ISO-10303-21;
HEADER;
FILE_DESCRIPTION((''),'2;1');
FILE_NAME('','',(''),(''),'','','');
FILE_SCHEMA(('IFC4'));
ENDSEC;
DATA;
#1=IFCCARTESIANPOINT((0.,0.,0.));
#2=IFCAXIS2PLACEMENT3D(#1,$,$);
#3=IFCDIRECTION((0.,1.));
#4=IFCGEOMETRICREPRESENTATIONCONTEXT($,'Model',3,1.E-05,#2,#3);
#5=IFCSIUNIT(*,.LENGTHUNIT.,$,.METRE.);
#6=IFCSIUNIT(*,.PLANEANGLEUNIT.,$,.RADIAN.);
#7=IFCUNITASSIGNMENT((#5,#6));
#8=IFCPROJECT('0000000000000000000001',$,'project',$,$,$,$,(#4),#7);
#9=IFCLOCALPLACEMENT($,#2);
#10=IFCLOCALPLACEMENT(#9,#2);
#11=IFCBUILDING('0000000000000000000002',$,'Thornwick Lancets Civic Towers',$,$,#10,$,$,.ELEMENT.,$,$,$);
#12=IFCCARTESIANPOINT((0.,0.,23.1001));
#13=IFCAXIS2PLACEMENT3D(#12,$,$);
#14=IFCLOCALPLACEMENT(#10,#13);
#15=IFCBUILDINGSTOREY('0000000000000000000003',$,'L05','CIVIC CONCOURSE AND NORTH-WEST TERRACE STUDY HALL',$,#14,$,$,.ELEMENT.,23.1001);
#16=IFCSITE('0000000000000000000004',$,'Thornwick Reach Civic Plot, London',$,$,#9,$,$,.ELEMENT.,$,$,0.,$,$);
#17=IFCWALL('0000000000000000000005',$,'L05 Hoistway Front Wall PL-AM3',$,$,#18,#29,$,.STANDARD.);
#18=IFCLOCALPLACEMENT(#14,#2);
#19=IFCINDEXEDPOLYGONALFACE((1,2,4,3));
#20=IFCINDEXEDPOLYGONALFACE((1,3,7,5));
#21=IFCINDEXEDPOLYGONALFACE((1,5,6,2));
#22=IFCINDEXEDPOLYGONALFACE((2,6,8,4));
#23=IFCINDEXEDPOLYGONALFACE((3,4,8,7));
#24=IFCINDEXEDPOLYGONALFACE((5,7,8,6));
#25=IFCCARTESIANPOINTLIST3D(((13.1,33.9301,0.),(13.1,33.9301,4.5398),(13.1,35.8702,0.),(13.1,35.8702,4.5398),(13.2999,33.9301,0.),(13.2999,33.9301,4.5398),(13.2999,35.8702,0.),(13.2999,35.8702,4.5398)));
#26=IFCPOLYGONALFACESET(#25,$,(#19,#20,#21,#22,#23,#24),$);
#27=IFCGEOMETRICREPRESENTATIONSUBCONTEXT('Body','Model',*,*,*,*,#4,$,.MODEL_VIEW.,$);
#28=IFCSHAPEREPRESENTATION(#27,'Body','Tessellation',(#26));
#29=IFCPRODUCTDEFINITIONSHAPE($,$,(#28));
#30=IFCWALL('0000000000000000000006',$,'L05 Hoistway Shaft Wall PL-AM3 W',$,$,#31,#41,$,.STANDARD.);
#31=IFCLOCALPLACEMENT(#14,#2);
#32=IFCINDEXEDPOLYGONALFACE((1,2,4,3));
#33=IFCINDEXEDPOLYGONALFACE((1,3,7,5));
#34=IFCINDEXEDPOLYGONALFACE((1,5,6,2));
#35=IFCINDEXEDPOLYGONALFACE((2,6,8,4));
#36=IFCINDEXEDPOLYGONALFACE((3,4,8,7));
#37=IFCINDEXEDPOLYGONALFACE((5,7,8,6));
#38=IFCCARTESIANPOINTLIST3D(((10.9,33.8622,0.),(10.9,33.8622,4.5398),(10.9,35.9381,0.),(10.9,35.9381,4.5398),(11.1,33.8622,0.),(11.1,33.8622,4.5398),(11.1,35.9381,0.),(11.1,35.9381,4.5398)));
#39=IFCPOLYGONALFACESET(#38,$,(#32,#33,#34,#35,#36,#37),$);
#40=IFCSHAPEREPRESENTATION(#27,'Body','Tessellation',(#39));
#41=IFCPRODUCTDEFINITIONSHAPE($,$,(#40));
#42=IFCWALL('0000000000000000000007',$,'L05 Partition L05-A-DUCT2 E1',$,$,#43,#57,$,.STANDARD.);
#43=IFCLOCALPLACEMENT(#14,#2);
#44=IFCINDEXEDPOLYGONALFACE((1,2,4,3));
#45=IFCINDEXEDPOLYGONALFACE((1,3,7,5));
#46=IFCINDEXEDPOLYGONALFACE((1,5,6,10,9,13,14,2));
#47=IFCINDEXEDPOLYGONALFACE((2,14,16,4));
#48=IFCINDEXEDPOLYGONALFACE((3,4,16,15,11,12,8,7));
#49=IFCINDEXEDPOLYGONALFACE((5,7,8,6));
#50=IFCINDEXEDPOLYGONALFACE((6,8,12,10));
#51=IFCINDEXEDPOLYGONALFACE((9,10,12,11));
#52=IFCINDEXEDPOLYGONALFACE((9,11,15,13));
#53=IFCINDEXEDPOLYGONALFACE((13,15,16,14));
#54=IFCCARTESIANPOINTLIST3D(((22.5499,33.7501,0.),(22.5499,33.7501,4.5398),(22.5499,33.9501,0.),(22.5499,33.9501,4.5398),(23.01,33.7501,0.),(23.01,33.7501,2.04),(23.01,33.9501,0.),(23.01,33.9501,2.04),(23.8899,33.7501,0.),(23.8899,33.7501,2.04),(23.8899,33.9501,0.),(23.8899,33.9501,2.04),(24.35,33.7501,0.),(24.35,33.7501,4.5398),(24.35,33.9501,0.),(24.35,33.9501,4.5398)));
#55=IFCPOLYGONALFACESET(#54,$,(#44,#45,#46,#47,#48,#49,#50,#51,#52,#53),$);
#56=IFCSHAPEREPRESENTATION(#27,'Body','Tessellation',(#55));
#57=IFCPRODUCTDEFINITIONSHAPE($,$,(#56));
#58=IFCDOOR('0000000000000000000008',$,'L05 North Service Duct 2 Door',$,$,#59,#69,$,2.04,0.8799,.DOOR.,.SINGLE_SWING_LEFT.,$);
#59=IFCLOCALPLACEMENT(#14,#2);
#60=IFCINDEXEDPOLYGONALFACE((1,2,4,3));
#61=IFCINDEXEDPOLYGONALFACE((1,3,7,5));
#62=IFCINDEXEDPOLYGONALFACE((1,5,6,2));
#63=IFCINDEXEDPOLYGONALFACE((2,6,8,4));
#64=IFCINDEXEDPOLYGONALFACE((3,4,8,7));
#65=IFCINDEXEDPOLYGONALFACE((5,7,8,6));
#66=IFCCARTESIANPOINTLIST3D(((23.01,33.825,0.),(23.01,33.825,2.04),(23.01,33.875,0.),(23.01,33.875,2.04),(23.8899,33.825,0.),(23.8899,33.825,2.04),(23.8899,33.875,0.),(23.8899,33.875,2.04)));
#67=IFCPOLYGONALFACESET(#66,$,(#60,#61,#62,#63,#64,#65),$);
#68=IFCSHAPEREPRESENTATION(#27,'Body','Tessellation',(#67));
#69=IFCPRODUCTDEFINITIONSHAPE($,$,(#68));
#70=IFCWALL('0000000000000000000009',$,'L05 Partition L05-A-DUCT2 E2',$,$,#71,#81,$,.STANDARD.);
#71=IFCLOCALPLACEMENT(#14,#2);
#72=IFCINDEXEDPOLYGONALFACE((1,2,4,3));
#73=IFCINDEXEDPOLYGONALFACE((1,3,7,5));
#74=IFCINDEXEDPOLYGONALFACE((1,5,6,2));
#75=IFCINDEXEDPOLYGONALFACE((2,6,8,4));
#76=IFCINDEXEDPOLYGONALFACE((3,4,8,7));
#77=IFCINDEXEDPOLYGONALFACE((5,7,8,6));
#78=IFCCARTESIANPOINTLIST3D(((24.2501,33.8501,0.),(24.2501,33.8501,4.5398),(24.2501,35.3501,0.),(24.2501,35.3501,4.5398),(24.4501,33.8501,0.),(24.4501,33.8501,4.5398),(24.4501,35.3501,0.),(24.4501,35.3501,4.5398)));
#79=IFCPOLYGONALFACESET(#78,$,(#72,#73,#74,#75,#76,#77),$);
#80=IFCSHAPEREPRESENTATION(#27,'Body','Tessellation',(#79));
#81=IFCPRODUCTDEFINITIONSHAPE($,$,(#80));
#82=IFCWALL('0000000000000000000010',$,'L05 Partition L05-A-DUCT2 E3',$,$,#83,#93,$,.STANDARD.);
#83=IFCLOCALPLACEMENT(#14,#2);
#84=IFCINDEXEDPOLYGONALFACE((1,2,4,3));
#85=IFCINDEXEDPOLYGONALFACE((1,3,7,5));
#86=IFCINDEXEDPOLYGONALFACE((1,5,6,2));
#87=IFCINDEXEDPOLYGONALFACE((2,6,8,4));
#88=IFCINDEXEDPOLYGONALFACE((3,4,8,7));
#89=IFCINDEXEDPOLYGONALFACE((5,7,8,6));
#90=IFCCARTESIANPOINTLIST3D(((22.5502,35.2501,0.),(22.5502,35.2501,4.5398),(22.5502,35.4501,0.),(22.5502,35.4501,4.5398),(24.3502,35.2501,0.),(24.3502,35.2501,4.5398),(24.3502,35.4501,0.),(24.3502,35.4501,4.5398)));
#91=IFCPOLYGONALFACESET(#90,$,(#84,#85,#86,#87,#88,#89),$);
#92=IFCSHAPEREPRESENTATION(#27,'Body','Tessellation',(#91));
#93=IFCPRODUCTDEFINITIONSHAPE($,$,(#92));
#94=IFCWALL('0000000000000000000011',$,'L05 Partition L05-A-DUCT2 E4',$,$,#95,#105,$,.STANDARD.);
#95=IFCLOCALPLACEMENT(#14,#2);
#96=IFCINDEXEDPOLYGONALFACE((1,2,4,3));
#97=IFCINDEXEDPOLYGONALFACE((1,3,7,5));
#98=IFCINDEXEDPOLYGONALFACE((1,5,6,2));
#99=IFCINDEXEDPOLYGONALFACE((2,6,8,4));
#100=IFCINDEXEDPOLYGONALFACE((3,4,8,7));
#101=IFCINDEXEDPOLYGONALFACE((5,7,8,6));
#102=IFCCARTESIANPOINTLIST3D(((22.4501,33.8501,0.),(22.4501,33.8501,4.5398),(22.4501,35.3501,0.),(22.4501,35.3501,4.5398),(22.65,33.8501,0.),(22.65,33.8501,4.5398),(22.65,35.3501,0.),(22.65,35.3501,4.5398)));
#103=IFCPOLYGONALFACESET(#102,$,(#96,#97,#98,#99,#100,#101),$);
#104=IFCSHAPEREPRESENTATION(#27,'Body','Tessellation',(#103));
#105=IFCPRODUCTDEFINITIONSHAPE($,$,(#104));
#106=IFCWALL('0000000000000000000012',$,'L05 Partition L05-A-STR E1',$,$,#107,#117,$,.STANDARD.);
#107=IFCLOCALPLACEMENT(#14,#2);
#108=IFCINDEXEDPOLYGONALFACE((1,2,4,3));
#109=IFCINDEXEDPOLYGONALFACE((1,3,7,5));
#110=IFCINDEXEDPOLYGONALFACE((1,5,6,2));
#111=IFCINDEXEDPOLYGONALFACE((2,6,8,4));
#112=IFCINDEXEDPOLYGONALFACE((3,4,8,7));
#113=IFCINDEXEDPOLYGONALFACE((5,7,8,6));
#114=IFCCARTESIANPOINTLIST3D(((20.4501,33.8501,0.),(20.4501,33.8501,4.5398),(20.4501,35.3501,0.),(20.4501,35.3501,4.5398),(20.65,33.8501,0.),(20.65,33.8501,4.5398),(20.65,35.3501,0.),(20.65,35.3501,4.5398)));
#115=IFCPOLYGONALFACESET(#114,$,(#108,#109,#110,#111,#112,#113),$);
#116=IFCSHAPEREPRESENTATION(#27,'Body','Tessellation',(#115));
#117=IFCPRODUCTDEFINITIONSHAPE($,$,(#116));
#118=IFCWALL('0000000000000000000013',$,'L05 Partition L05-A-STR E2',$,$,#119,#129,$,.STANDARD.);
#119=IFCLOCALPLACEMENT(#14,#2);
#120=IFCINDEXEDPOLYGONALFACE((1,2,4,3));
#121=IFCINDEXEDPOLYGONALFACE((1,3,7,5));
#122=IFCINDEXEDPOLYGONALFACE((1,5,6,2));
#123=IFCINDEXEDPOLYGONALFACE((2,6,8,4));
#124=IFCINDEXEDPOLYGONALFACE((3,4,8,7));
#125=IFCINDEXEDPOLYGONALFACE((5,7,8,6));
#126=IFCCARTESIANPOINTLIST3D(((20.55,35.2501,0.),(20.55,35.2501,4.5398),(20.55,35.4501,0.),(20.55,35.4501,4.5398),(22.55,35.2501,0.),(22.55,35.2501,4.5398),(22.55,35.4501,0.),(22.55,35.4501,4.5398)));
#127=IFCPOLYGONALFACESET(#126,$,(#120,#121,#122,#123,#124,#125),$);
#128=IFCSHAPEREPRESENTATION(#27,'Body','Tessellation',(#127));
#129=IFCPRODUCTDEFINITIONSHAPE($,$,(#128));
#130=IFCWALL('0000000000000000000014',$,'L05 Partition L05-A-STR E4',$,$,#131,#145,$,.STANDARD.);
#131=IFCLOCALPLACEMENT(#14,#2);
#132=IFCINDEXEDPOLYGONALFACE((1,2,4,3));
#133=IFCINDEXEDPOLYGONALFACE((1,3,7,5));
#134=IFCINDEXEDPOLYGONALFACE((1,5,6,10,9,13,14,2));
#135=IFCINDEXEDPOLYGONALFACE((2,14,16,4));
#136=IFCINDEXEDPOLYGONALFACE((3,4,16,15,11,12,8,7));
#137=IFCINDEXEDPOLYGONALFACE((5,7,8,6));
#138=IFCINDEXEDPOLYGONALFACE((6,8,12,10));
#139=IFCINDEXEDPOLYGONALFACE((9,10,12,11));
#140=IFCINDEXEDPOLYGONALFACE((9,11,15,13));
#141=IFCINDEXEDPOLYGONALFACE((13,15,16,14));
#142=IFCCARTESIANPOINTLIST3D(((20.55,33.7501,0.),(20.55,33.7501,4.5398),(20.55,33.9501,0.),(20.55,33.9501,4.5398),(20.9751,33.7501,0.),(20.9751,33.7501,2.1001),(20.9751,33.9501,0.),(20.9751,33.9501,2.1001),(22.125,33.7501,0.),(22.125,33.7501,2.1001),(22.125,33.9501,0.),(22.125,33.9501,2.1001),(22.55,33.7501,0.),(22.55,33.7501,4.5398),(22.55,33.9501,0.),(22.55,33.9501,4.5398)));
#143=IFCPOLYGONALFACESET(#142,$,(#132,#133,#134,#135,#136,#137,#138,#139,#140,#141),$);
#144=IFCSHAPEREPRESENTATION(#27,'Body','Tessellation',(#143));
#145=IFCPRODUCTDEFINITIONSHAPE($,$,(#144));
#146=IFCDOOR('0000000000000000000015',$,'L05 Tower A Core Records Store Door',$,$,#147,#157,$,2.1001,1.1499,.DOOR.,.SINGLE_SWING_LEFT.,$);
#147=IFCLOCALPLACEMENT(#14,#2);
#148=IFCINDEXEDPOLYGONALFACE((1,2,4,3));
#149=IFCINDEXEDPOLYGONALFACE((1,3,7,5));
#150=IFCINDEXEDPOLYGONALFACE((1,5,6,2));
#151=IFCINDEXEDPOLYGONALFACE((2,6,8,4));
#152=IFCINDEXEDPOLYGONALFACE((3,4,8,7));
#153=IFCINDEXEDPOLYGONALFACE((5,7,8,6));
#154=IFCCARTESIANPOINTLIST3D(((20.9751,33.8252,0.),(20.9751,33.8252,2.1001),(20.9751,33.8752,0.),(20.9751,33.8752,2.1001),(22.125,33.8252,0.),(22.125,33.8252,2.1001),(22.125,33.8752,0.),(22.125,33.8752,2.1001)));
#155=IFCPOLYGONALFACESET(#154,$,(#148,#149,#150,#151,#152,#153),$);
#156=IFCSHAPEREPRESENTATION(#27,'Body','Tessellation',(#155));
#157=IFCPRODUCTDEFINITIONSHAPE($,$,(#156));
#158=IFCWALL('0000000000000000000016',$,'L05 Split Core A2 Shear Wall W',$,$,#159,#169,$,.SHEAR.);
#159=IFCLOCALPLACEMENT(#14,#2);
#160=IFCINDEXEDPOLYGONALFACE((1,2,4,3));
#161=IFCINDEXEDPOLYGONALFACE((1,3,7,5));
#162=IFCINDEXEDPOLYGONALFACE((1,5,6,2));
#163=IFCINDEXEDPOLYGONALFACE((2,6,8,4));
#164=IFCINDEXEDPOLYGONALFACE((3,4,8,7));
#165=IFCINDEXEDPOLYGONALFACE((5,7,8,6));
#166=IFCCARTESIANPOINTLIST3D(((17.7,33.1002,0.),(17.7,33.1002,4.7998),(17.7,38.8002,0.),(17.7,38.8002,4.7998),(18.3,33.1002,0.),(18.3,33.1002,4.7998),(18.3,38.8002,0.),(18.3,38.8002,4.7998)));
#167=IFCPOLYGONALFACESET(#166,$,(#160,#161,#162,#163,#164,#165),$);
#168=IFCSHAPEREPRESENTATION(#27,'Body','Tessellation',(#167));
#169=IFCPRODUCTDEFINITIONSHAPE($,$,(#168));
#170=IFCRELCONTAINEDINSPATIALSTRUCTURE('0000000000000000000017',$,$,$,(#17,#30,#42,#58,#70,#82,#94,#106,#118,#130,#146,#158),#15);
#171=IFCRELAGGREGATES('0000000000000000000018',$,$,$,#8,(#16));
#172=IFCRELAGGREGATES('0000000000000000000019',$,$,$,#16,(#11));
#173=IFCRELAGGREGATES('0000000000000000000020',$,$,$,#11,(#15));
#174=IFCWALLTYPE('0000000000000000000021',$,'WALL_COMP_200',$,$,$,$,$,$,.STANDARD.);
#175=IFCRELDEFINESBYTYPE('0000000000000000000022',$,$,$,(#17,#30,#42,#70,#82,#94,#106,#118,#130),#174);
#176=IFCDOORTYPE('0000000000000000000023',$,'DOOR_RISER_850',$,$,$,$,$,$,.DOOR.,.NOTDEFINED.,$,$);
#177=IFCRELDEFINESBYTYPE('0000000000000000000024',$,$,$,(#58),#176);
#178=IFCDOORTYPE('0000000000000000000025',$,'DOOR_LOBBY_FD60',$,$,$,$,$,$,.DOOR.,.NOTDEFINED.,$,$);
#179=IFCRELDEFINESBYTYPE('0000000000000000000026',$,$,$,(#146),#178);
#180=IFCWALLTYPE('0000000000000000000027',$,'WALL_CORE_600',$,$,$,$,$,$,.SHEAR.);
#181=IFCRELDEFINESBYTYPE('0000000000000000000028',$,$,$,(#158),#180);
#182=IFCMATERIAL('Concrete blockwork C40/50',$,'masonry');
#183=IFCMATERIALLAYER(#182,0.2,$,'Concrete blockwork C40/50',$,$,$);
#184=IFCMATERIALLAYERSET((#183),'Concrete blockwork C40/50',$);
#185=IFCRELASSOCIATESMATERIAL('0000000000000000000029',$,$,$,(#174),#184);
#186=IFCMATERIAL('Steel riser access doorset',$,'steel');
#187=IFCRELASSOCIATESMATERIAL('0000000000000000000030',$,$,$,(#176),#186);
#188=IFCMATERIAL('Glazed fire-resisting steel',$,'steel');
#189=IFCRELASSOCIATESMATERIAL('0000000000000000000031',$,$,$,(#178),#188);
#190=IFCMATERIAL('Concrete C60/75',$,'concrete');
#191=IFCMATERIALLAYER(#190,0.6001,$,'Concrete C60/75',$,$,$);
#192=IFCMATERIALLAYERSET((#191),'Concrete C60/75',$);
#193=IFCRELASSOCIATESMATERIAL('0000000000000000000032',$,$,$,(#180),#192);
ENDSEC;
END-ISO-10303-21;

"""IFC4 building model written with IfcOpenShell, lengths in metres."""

from ifc_helpers import new_model, si_unit, direction, frame, frame_2d, origin, place, context, subcontext, project, spatial, rectangle, extrude, material, layer, layer_set, type_object, element, fill, save


model = new_model("IFC4")

# Units and contexts
model_context = context("Model", 3, precision=1e-05, world=origin(), true_north=direction((0.0, 1.0)))
body_context = subcontext(model_context, "Body", "Model", "MODEL_VIEW")
ifc_project = project(units=[si_unit("LENGTHUNIT", "METRE"), si_unit("PLANEANGLEUNIT", "RADIAN")], contexts=[model_context])

# Site, building, storey
site_placement = place(None, origin())
site = spatial("IfcSite", under=ifc_project, at=site_placement, Name="Thornwick Reach Civic Plot, London", CompositionType="ELEMENT", RefElevation=0.0)
building_placement = place(site_placement, origin())
building = spatial("IfcBuilding", under=site, at=building_placement, Name="Thornwick Lancets Civic Towers", CompositionType="ELEMENT")
storey_placement = place(building_placement, frame((0.0, 0.0, 23.1001)))
storey = spatial("IfcBuildingStorey", under=building, at=storey_placement, Name="L05", Description="CIVIC CONCOURSE AND NORTH-WEST TERRACE STUDY HALL", CompositionType="ELEMENT", Elevation=23.1001)

# Shared definitions
ifc_material_1 = material(Name="Concrete C60/75", Category="concrete")

# Walls
ifc_material_2 = material(Name="Concrete blockwork C40/50", Category="masonry")
ifc_layer_1 = layer(ifc_material_2, 0.2, Name="Concrete blockwork C40/50")
ifc_layer_set_1 = layer_set([ifc_layer_1], Name="Concrete blockwork C40/50")
wall_type_1 = type_object("IfcWallType", Name="WALL_COMP_200", PredefinedType="STANDARD", material=ifc_layer_set_1)
wall_1_placement = place(storey_placement, frame((13.2, 33.9299, 0.0), z_axis=(0.0, 0.0, 1.0), x_axis=(0.0, 1.0, 0.0)))
element("IfcWall", 1, at=wall_1_placement, inside=storey, type_object=wall_type_1, Name="L05 Hoistway Front Wall PL-AM3", PredefinedType="STANDARD", context=body_context, shape_type="SweptSolid", body=[
    extrude(rectangle(XDim=1.9402, YDim=0.2, at=frame_2d((0.9702, 0.0))), origin(), (0.0, 0.0, 1.0), 4.5398),
])
wall_2_placement = place(storey_placement, frame((11.0, 33.8621, 0.0), z_axis=(0.0, 0.0, 1.0), x_axis=(0.0, 1.0, 0.0)))
element("IfcWall", 2, at=wall_2_placement, inside=storey, type_object=wall_type_1, Name="L05 Hoistway Shaft Wall PL-AM3 W", PredefinedType="STANDARD", context=body_context, shape_type="SweptSolid", body=[
    extrude(rectangle(XDim=2.0759, YDim=0.2, at=frame_2d((1.0381, 0.0))), origin(), (0.0, 0.0, 1.0), 4.5398),
])

# Wall, opening, door
wall_3_placement = place(storey_placement, frame((22.55, 33.8501, 0.0), z_axis=(0.0, 0.0, 1.0), x_axis=(1.0, 0.0, 0.0)))
wall_3 = element("IfcWall", 3, at=wall_3_placement, inside=storey, type_object=wall_type_1, Name="L05 Partition L05-A-DUCT2 E1", PredefinedType="STANDARD", context=body_context, shape_type="SweptSolid", body=[
    extrude(rectangle(XDim=1.8, YDim=0.2, at=frame_2d((0.8999, 0.0))), origin(), (0.0, 0.0, 1.0), 4.5398),
])
opening_1_placement = place(wall_3_placement, frame((0.46, 0.0, 0.0)))
opening_1 = element("IfcOpeningElement", 4, at=opening_1_placement, cuts=wall_3, PredefinedType="OPENING", context=body_context, shape_type="SweptSolid", body=[
    extrude(rectangle(XDim=0.8799, YDim=2.04, at=frame_2d((0.4399, 1.02))), frame((0.0, 0.1099, 0.0), z_axis=(0.0, -1.0, 0.0), x_axis=(1.0, 0.0, 0.0)), (0.0, 0.0, 1.0), 0.22),
])
ifc_material_3 = material(Name="Steel riser access doorset", Category="steel")
door_type_1 = type_object("IfcDoorType", Name="DOOR_RISER_850", OperationType="NOTDEFINED", PredefinedType="DOOR", material=ifc_material_3)
door_1_placement = place(opening_1_placement, origin())
door_1 = element("IfcDoor", 5, at=door_1_placement, inside=storey, type_object=door_type_1, Name="L05 North Service Duct 2 Door", OperationType="SINGLE_SWING_LEFT", OverallHeight=2.04, OverallWidth=0.8799, PredefinedType="DOOR", context=body_context, shape_type="SweptSolid", body=[
    extrude(rectangle(XDim=0.8799, YDim=2.04, at=frame_2d((0.4399, 1.02))), frame((0.0, 0.0249, 0.0), z_axis=(0.0, -1.0, 0.0), x_axis=(1.0, 0.0, 0.0)), (0.0, 0.0, 1.0), 0.05),
])
fill(opening_1, door_1)

# Walls
wall_4_placement = place(storey_placement, frame((24.3501, 33.8501, 0.0), z_axis=(0.0, 0.0, 1.0), x_axis=(0.0, 1.0, 0.0)))
element("IfcWall", 6, at=wall_4_placement, inside=storey, type_object=wall_type_1, Name="L05 Partition L05-A-DUCT2 E2", PredefinedType="STANDARD", context=body_context, shape_type="SweptSolid", body=[
    extrude(rectangle(XDim=1.5, YDim=0.2, at=frame_2d((0.75, 0.0))), origin(), (0.0, 0.0, 1.0), 4.5398),
])
wall_5_placement = place(storey_placement, frame((24.3501, 35.3501, 0.0), z_axis=(0.0, 0.0, 1.0), x_axis=(-1.0, 0.0, 0.0)))
element("IfcWall", 7, at=wall_5_placement, inside=storey, type_object=wall_type_1, Name="L05 Partition L05-A-DUCT2 E3", PredefinedType="STANDARD", context=body_context, shape_type="SweptSolid", body=[
    extrude(rectangle(XDim=1.8, YDim=0.2, at=frame_2d((0.8999, 0.0))), origin(), (0.0, 0.0, 1.0), 4.5398),
])
for number, where, z_axis, x_axis, name in (
    (8, (22.55, 35.3501, 0.0), (0.0, 0.0, 1.0), (0.0, -1.0, 0.0), "L05 Partition L05-A-DUCT2 E4"),
    (9, (20.55, 33.8501, 0.0), (0.0, 0.0, 1.0), (0.0, 1.0, 0.0), "L05 Partition L05-A-STR E1"),
):
    element("IfcWall", number, at=place(storey_placement, frame(where, z_axis=z_axis, x_axis=x_axis)), inside=storey, type_object=wall_type_1, Name=name, PredefinedType="STANDARD", context=body_context, shape_type="SweptSolid", body=[
        extrude(rectangle(XDim=1.5, YDim=0.2, at=frame_2d((0.75, 0.0))), origin(), (0.0, 0.0, 1.0), 4.5398),
    ])
wall_6_placement = place(storey_placement, frame((20.55, 35.3501, 0.0), z_axis=(0.0, 0.0, 1.0), x_axis=(1.0, 0.0, 0.0)))
element("IfcWall", 10, at=wall_6_placement, inside=storey, type_object=wall_type_1, Name="L05 Partition L05-A-STR E2", PredefinedType="STANDARD", context=body_context, shape_type="SweptSolid", body=[
    extrude(rectangle(XDim=2.0, YDim=0.2, at=frame_2d((1.0, 0.0))), origin(), (0.0, 0.0, 1.0), 4.5398),
])

# Wall, opening, door
wall_7_placement = place(storey_placement, frame((22.55, 33.8501, 0.0), z_axis=(0.0, 0.0, 1.0), x_axis=(-1.0, 0.0, 0.0)))
wall_7 = element("IfcWall", 11, at=wall_7_placement, inside=storey, type_object=wall_type_1, Name="L05 Partition L05-A-STR E4", PredefinedType="STANDARD", context=body_context, shape_type="SweptSolid", body=[
    extrude(rectangle(XDim=2.0, YDim=0.2, at=frame_2d((1.0, 0.0))), origin(), (0.0, 0.0, 1.0), 4.5398),
])
opening_2_placement = place(wall_7_placement, frame((0.425, 0.0, 0.0)))
opening_2 = element("IfcOpeningElement", 12, at=opening_2_placement, cuts=wall_7, PredefinedType="OPENING", context=body_context, shape_type="SweptSolid", body=[
    extrude(rectangle(XDim=1.1499, YDim=2.1001, at=frame_2d((0.575, 1.05))), frame((0.0, 0.1099, 0.0), z_axis=(0.0, -1.0, 0.0), x_axis=(1.0, 0.0, 0.0)), (0.0, 0.0, 1.0), 0.22),
])
ifc_material_4 = material(Name="Glazed fire-resisting steel", Category="steel")
door_type_2 = type_object("IfcDoorType", Name="DOOR_LOBBY_FD60", OperationType="NOTDEFINED", PredefinedType="DOOR", material=ifc_material_4)
door_2_placement = place(opening_2_placement, origin())
door_2 = element("IfcDoor", 13, at=door_2_placement, inside=storey, type_object=door_type_2, Name="L05 Tower A Core Records Store Door", OperationType="SINGLE_SWING_LEFT", OverallHeight=2.1001, OverallWidth=1.1499, PredefinedType="DOOR", context=body_context, shape_type="SweptSolid", body=[
    extrude(rectangle(XDim=1.1499, YDim=2.1001, at=frame_2d((0.575, 1.05))), frame((0.0, 0.0249, 0.0), z_axis=(0.0, -1.0, 0.0), x_axis=(1.0, 0.0, 0.0)), (0.0, 0.0, 1.0), 0.05),
])
fill(opening_2, door_2)

# Wall
ifc_layer_2 = layer(ifc_material_1, 0.6001, Name="Concrete C60/75")
ifc_layer_set_2 = layer_set([ifc_layer_2], Name="Concrete C60/75")
wall_type_2 = type_object("IfcWallType", Name="WALL_CORE_600", PredefinedType="SHEAR", material=ifc_layer_set_2)
wall_8_placement = place(storey_placement, frame((18.0, 33.1001, 0.0), z_axis=(0.0, 0.0, 1.0), x_axis=(0.0, 1.0, 0.0)))
element("IfcWall", 14, at=wall_8_placement, inside=storey, type_object=wall_type_2, Name="L05 Split Core A2 Shear Wall W", PredefinedType="SHEAR", context=body_context, shape_type="SweptSolid", body=[
    extrude(rectangle(XDim=5.7, YDim=0.6001, at=frame_2d((2.8501, 0.0))), origin(), (0.0, 0.0, 1.0), 4.7998),
])

save(model, "model.ifc")
